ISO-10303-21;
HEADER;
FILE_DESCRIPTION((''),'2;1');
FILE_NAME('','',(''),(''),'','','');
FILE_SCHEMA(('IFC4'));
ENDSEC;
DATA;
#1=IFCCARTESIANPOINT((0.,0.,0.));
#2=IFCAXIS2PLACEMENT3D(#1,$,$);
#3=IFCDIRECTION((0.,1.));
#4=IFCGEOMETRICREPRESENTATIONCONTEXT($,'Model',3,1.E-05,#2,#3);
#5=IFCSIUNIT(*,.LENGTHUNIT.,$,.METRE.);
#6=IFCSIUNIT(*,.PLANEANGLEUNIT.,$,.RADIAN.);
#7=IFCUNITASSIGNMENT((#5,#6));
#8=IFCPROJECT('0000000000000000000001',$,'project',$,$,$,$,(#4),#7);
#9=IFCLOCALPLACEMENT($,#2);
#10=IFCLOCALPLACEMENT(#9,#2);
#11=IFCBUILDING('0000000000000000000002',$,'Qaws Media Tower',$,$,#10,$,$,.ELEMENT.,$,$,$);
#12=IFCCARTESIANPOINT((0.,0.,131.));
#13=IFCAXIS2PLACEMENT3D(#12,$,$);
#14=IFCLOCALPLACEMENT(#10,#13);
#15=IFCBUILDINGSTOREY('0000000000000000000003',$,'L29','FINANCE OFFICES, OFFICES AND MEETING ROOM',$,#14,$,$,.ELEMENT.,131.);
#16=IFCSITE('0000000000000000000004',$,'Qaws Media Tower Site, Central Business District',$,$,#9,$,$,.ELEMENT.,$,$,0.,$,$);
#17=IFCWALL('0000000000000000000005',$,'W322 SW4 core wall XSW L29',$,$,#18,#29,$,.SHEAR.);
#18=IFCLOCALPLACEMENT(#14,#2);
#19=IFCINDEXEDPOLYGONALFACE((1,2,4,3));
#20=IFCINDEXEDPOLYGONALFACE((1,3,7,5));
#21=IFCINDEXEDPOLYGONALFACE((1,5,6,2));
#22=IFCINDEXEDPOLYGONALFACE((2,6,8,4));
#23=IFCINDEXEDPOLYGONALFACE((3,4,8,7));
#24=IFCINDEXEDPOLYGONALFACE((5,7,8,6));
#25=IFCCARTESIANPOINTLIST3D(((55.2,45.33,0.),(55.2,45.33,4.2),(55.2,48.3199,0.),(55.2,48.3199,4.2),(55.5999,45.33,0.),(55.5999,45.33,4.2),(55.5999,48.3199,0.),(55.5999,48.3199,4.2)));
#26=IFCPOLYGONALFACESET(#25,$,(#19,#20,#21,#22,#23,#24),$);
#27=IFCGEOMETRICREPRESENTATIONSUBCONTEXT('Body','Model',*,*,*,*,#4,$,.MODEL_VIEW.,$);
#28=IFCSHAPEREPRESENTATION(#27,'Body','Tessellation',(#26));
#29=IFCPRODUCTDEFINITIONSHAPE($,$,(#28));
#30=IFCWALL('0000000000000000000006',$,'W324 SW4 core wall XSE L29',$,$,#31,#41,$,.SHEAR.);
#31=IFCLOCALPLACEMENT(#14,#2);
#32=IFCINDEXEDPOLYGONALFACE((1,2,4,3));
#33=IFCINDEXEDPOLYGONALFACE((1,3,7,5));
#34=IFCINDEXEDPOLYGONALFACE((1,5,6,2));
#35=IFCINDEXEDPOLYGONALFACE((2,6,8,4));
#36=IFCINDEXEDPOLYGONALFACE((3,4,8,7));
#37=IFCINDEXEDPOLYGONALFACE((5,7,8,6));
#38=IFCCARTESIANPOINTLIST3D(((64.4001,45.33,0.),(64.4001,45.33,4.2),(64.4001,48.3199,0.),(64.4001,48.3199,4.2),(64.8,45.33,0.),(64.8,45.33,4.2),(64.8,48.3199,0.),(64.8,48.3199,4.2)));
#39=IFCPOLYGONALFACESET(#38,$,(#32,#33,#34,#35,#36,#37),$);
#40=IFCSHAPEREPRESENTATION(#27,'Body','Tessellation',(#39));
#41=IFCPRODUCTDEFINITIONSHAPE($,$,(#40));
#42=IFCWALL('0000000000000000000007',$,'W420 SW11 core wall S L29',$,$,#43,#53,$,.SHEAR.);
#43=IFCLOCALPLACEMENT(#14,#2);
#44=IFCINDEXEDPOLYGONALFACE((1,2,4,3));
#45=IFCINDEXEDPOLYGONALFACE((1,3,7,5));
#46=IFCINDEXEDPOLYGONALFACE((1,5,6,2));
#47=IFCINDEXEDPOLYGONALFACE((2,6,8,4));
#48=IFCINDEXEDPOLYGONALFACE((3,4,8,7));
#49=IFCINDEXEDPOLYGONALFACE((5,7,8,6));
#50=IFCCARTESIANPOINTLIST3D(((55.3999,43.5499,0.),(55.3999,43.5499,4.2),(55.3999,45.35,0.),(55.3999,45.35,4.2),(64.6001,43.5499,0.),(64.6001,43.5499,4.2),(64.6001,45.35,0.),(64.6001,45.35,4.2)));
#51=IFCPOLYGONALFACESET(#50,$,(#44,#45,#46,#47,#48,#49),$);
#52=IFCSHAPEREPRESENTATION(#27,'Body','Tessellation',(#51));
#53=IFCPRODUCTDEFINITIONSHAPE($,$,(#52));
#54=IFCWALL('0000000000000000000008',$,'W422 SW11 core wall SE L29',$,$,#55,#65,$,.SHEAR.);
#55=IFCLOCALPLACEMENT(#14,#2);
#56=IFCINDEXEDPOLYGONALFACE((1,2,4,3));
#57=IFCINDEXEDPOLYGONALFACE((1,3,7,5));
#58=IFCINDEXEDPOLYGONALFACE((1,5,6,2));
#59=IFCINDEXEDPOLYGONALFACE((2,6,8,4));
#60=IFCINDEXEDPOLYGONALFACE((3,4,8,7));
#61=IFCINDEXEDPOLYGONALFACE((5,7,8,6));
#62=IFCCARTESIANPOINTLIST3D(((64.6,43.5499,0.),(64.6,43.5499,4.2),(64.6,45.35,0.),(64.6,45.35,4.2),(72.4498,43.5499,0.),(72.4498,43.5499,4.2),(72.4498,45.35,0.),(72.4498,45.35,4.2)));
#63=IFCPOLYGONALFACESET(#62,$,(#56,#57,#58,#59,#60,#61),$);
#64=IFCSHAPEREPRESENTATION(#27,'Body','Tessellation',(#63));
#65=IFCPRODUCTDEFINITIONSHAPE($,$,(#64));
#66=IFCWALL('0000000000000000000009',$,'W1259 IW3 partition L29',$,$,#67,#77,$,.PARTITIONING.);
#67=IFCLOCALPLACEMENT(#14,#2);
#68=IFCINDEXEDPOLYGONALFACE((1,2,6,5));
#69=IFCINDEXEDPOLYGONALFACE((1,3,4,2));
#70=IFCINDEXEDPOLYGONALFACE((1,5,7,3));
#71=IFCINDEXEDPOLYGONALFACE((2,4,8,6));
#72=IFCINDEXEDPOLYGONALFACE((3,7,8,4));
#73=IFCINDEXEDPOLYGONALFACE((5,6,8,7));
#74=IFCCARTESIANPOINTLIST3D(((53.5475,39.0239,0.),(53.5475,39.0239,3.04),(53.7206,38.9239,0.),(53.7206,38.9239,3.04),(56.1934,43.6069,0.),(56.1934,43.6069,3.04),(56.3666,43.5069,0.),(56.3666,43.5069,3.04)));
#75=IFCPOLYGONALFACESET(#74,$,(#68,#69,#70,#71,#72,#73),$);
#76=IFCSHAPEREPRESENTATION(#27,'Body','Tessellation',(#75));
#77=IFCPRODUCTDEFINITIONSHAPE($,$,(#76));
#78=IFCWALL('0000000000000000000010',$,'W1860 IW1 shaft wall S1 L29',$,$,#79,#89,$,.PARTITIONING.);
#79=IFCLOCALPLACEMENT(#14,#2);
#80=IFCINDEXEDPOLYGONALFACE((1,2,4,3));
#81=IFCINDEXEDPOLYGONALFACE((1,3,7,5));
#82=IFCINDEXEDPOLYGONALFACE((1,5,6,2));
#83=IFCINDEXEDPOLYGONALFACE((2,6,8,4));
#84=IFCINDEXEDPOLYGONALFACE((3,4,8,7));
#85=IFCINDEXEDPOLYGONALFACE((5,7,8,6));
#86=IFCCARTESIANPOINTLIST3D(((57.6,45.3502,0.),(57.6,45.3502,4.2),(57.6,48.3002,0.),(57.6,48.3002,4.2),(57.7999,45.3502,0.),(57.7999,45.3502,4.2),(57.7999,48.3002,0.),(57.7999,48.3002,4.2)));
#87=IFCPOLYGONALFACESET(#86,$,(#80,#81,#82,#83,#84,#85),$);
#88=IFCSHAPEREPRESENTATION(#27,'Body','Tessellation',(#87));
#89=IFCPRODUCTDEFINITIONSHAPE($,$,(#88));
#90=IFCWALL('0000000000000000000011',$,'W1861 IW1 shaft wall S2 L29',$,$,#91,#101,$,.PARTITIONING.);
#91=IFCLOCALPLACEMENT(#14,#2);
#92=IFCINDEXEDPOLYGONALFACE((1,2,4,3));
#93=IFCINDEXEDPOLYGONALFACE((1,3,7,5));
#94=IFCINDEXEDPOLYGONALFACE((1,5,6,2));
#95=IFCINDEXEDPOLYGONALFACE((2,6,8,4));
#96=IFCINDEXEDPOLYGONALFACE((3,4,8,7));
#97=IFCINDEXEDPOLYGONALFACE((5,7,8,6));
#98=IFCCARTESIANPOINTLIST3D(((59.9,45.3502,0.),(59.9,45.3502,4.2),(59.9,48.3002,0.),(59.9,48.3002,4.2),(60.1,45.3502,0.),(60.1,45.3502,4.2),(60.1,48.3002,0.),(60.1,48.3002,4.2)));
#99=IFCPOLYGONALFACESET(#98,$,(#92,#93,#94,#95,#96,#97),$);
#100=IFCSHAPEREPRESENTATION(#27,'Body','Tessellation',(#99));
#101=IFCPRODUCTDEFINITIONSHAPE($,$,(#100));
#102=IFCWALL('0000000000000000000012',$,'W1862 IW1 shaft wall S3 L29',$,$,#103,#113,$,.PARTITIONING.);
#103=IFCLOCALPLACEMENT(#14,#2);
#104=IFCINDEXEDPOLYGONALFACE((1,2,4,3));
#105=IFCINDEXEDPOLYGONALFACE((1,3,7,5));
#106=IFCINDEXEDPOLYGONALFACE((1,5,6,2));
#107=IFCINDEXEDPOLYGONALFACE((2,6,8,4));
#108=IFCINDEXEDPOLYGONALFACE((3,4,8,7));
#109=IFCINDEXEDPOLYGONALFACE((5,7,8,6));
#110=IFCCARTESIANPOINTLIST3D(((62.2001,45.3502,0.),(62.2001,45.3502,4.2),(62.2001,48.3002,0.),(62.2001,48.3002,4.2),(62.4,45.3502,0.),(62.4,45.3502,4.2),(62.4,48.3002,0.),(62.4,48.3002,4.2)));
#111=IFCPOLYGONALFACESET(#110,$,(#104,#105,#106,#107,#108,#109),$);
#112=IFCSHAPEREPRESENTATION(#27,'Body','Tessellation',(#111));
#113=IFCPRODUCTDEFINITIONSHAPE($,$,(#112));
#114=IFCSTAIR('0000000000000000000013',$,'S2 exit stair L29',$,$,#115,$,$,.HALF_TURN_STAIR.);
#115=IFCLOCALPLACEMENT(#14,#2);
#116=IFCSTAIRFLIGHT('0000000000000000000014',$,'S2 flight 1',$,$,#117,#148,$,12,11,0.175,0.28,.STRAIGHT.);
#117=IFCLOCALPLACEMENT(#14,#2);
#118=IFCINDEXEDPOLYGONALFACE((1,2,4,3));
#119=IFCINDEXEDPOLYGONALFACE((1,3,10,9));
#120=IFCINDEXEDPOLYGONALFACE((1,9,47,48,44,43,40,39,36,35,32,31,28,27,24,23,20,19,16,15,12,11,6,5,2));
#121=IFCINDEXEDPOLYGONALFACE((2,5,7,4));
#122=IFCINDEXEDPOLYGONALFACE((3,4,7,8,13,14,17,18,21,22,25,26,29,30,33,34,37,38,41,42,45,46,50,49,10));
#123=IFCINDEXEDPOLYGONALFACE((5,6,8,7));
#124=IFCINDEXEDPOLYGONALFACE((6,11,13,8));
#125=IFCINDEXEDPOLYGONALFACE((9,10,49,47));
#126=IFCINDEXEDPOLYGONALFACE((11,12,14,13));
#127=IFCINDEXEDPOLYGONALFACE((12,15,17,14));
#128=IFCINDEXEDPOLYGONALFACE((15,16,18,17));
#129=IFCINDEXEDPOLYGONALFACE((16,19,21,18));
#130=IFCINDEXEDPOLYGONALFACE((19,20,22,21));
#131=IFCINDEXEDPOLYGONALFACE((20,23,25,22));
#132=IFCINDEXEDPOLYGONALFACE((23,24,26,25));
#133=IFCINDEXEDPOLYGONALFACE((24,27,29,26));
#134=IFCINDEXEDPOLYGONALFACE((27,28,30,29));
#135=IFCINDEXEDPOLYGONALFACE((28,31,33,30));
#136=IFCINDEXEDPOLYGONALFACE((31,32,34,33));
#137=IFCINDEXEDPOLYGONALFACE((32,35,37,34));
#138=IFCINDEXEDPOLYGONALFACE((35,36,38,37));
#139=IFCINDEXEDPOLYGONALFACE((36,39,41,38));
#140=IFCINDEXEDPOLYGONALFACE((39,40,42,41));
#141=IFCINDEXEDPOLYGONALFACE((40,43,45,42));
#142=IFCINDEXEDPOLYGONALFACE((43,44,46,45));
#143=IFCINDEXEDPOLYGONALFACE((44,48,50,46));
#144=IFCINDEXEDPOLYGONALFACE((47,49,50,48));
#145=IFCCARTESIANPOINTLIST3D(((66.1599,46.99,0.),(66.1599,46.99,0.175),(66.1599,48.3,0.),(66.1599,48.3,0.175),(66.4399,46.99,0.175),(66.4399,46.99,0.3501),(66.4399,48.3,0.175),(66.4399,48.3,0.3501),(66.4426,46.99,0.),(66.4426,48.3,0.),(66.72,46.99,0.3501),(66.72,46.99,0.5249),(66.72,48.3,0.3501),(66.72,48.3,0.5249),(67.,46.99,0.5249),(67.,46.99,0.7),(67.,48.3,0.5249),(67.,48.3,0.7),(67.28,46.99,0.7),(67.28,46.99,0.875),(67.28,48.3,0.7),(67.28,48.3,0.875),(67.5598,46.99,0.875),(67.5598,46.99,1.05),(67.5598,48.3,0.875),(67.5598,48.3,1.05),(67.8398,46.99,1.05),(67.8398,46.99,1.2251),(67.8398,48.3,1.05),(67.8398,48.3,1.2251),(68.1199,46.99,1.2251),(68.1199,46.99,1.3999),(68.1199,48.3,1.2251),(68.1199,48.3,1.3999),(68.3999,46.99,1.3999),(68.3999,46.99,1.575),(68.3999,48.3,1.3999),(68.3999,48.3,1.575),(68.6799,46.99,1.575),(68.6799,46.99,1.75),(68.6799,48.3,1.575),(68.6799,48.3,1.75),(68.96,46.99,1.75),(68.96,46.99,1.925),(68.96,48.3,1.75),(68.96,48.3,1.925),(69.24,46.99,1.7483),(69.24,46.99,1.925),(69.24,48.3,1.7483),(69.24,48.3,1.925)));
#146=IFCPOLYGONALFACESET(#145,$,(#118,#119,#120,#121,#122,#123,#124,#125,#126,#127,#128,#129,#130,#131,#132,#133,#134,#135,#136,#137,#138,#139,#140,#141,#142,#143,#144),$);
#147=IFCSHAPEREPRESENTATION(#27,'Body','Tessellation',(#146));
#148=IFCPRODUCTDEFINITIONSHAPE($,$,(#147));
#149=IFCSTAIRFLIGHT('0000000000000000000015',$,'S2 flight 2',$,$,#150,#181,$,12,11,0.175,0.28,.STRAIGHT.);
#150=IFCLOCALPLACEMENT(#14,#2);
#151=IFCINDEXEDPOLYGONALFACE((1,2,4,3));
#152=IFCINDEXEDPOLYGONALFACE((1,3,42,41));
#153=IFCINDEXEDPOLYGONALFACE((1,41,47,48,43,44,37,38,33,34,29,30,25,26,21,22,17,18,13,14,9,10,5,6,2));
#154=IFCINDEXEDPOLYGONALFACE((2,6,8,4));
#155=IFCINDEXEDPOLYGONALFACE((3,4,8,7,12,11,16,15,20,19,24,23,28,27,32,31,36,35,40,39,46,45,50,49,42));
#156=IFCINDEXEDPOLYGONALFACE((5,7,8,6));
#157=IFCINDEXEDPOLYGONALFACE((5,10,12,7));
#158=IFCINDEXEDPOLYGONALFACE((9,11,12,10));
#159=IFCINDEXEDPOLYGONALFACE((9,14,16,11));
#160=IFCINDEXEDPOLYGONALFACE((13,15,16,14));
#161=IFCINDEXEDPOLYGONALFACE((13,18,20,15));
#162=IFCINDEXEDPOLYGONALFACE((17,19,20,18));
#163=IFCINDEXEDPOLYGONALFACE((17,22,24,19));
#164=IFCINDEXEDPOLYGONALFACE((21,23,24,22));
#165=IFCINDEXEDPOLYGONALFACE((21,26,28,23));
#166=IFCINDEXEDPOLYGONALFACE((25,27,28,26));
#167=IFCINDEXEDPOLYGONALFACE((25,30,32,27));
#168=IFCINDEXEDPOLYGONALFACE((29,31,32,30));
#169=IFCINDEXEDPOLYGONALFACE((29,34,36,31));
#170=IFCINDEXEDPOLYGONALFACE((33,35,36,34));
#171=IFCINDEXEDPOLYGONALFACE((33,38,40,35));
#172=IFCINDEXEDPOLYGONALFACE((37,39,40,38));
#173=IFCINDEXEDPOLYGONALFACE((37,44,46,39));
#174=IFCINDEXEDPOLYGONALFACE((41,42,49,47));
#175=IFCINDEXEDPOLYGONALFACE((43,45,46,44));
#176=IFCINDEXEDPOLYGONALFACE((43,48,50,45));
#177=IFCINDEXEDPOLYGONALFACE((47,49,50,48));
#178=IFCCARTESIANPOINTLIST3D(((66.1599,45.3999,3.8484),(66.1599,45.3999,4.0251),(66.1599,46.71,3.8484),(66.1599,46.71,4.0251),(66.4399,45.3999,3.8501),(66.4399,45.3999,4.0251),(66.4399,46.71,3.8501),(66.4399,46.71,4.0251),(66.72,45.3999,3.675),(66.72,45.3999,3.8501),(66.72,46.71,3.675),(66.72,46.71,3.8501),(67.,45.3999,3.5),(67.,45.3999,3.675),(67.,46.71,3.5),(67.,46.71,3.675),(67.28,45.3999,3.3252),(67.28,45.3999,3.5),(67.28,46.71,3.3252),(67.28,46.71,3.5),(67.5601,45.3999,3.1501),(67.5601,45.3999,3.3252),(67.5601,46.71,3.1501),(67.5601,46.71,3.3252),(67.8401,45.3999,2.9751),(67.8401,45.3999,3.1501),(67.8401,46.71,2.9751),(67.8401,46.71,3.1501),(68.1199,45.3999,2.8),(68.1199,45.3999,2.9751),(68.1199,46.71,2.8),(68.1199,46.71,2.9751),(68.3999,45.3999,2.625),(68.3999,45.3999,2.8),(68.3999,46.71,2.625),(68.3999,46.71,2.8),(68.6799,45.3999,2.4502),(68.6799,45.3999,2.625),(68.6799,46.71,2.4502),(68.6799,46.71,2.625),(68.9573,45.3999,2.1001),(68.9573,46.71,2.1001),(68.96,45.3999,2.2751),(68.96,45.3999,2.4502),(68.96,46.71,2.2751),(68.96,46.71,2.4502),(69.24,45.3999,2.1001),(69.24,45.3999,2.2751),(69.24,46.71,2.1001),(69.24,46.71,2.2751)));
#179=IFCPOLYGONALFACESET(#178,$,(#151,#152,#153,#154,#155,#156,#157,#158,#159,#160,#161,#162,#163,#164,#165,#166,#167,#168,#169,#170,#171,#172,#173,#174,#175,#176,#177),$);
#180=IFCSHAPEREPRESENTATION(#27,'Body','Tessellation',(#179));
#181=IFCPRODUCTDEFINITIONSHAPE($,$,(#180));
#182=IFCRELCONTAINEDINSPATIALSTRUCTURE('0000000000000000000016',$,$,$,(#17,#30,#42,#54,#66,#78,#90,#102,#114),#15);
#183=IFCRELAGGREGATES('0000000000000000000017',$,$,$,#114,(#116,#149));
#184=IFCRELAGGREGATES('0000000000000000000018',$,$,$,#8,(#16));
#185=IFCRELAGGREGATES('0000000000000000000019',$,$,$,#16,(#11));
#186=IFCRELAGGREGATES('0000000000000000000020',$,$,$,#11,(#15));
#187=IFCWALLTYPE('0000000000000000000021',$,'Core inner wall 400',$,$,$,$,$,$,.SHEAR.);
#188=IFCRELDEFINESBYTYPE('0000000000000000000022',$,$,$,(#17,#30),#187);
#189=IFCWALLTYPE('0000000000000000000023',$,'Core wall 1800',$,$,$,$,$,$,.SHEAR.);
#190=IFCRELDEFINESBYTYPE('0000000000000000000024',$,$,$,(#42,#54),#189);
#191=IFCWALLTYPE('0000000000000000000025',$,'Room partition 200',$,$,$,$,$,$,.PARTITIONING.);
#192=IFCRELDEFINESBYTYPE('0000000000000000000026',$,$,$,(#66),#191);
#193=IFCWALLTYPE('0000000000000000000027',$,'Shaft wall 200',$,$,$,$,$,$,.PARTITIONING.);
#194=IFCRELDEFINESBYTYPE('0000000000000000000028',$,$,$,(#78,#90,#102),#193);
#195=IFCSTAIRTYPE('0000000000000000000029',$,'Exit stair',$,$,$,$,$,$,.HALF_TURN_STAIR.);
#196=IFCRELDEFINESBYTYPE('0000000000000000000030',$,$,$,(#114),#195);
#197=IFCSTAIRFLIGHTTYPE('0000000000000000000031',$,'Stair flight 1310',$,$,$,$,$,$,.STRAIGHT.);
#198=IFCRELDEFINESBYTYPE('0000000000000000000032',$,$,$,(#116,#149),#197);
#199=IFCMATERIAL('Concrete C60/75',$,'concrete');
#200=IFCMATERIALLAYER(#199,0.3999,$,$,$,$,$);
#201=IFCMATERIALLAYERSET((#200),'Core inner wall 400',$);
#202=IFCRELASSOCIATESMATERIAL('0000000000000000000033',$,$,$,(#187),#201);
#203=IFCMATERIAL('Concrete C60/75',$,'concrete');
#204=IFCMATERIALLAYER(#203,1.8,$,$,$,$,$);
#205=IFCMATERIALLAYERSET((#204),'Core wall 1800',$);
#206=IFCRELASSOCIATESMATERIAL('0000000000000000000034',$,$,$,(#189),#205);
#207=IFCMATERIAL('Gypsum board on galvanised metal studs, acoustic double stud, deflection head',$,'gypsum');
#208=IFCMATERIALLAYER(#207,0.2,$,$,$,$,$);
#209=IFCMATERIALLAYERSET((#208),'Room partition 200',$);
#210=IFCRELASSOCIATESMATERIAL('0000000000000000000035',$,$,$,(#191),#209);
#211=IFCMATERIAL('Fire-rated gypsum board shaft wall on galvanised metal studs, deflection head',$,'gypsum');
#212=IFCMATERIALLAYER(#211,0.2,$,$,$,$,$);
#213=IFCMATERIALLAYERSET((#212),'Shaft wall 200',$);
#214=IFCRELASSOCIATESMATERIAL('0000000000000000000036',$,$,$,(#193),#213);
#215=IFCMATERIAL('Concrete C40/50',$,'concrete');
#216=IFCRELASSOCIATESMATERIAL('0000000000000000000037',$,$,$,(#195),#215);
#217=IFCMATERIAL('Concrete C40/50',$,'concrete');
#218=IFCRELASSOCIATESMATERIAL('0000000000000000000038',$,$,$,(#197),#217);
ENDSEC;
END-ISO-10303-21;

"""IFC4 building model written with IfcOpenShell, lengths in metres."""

from ifc_helpers import new_model, si_unit, direction, frame, frame_2d, origin, place, context, subcontext, project, spatial, polyline, rectangle, outline, extrude, material, layer, layer_set, type_object, element, aggregate, save


model = new_model("IFC4")

# Units and contexts
model_context = context("Model", 3, precision=1e-05, world=origin(), true_north=direction((0.0, 1.0)))
body_context = subcontext(model_context, "Body", "Model", "MODEL_VIEW")
ifc_project = project(units=[si_unit("LENGTHUNIT", "METRE"), si_unit("PLANEANGLEUNIT", "RADIAN")], contexts=[model_context])

# Site, building, storey
site_placement = place(None, origin())
site = spatial("IfcSite", under=ifc_project, at=site_placement, Name="Qaws Media Tower Site, Central Business District", CompositionType="ELEMENT", RefElevation=0.0)
building_placement = place(site_placement, origin())
building = spatial("IfcBuilding", under=site, at=building_placement, Name="Qaws Media Tower", CompositionType="ELEMENT")
storey_placement = place(building_placement, frame((0.0, 0.0, 131.0)))
storey = spatial("IfcBuildingStorey", under=building, at=storey_placement, Name="L29", Description="FINANCE OFFICES, OFFICES AND MEETING ROOM", CompositionType="ELEMENT", Elevation=131.0)

# Walls
ifc_material_1 = material(Name="Concrete C60/75", Category="concrete")
ifc_layer_1 = layer(ifc_material_1, 0.3999)
ifc_layer_set_1 = layer_set([ifc_layer_1], Name="Core inner wall 400")
wall_type_1 = type_object("IfcWallType", Name="Core inner wall 400", PredefinedType="SHEAR", material=ifc_layer_set_1)
for number, where, z_axis, x_axis, name in (
    (1, (55.3999, 48.3201, 0.0), (0.0, 0.0, 1.0), (0.0, -1.0, 0.0), "W322 SW4 core wall XSW L29"),
    (2, (64.6001, 48.3201, 0.0), (0.0, 0.0, 1.0), (0.0, -1.0, 0.0), "W324 SW4 core wall XSE L29"),
):
    element("IfcWall", number, at=place(storey_placement, frame(where, z_axis=z_axis, x_axis=x_axis)), inside=storey, type_object=wall_type_1, Name=name, PredefinedType="SHEAR", context=body_context, shape_type="SweptSolid", body=[
        extrude(rectangle(XDim=2.99, YDim=0.3999, at=frame_2d((1.4951, 0.0))), origin(), (0.0, 0.0, 1.0), 4.2),
    ])
ifc_material_2 = material(Name="Concrete C60/75", Category="concrete")
ifc_layer_2 = layer(ifc_material_2, 1.8)
ifc_layer_set_2 = layer_set([ifc_layer_2], Name="Core wall 1800")
wall_type_2 = type_object("IfcWallType", Name="Core wall 1800", PredefinedType="SHEAR", material=ifc_layer_set_2)
wall_1_placement = place(storey_placement, frame((55.3999, 44.45, 0.0), z_axis=(0.0, 0.0, 1.0), x_axis=(1.0, 0.0, 0.0)))
element("IfcWall", 3, at=wall_1_placement, inside=storey, type_object=wall_type_2, Name="W420 SW11 core wall S L29", PredefinedType="SHEAR", context=body_context, shape_type="SweptSolid", body=[
    extrude(rectangle(XDim=9.2002, YDim=1.8, at=frame_2d((4.6001, 0.0))), origin(), (0.0, 0.0, 1.0), 4.2),
])
wall_2_placement = place(storey_placement, frame((64.6001, 44.45, 0.0), z_axis=(0.0, 0.0, 1.0), x_axis=(1.0, 0.0, 0.0)))
element("IfcWall", 4, at=wall_2_placement, inside=storey, type_object=wall_type_2, Name="W422 SW11 core wall SE L29", PredefinedType="SHEAR", context=body_context, shape_type="SweptSolid", body=[
    extrude(rectangle(XDim=7.8499, YDim=1.8, at=frame_2d((3.9248, 0.0))), origin(), (0.0, 0.0, 1.0), 4.2),
])
ifc_material_3 = material(Name="Gypsum board on galvanised metal studs, acoustic double stud, deflection head", Category="gypsum")
ifc_layer_3 = layer(ifc_material_3, 0.2)
ifc_layer_set_3 = layer_set([ifc_layer_3], Name="Room partition 200")
wall_type_3 = type_object("IfcWallType", Name="Room partition 200", PredefinedType="PARTITIONING", material=ifc_layer_set_3)
wall_3_placement = place(storey_placement, frame((56.28, 43.5569, 0.0), z_axis=(0.0, 0.0, 1.0), x_axis=(-0.499999, -0.866026, 0.0)))
element("IfcWall", 5, at=wall_3_placement, inside=storey, type_object=wall_type_3, Name="W1259 IW3 partition L29", PredefinedType="PARTITIONING", context=body_context, shape_type="SweptSolid", body=[
    extrude(rectangle(XDim=5.292, YDim=0.2, at=frame_2d((2.646, 0.0))), origin(), (0.0, 0.0, 1.0), 3.04),
])
ifc_material_4 = material(Name="Fire-rated gypsum board shaft wall on galvanised metal studs, deflection head", Category="gypsum")
ifc_layer_4 = layer(ifc_material_4, 0.2)
ifc_layer_set_4 = layer_set([ifc_layer_4], Name="Shaft wall 200")
wall_type_4 = type_object("IfcWallType", Name="Shaft wall 200", PredefinedType="PARTITIONING", material=ifc_layer_set_4)
for number, where, z_axis, x_axis, name in (
    (6, (57.7, 45.3501, 0.0), (0.0, 0.0, 1.0), (0.0, 1.0, 0.0), "W1860 IW1 shaft wall S1 L29"),
    (7, (60.0, 45.3501, 0.0), (0.0, 0.0, 1.0), (0.0, 1.0, 0.0), "W1861 IW1 shaft wall S2 L29"),
    (8, (62.3, 45.3501, 0.0), (0.0, 0.0, 1.0), (0.0, 1.0, 0.0), "W1862 IW1 shaft wall S3 L29"),
):
    element("IfcWall", number, at=place(storey_placement, frame(where, z_axis=z_axis, x_axis=x_axis)), inside=storey, type_object=wall_type_4, Name=name, PredefinedType="PARTITIONING", context=body_context, shape_type="SweptSolid", body=[
        extrude(rectangle(XDim=2.95, YDim=0.2, at=frame_2d((1.4751, 0.0))), origin(), (0.0, 0.0, 1.0), 4.2),
    ])

# Stair, stair flights
ifc_material_5 = material(Name="Concrete C40/50", Category="concrete")
stair_type = type_object("IfcStairType", Name="Exit stair", PredefinedType="HALF_TURN_STAIR", material=ifc_material_5)
stair_placement = place(storey_placement, origin())
stair = element("IfcStair", 9, at=stair_placement, inside=storey, type_object=stair_type, Name="S2 exit stair L29", PredefinedType="HALF_TURN_STAIR")
ifc_material_6 = material(Name="Concrete C40/50", Category="concrete")
stair_flight_type = type_object("IfcStairFlightType", Name="Stair flight 1310", PredefinedType="STRAIGHT", material=ifc_material_6)
stair_flight_1_placement = place(storey_placement, frame((66.1599, 47.645, 0.0), z_axis=(0.0, 0.0, 1.0), x_axis=(1.0, 0.0, 0.0)))
stair_flight_1 = element("IfcStairFlight", 10, at=stair_flight_1_placement, type_object=stair_flight_type, Name="S2 flight 1", NumberOfRisers=12, NumberOfTreads=11, PredefinedType="STRAIGHT", RiserHeight=0.175, TreadLength=0.28, context=body_context, shape_type="SweptSolid", body=[
    extrude(outline(polyline([(0.0, 0.0), (0.0, 0.175), (0.28, 0.175), (0.28, 0.3501), (0.5601, 0.3501), (0.5601, 0.5249), (0.8401, 0.5249), (0.8401, 0.7), (1.1201, 0.7), (1.1201, 0.875), (1.3999, 0.875), (1.3999, 1.05), (1.6799, 1.05), (1.6799, 1.2251), (1.96, 1.2251), (1.96, 1.3999), (2.24, 1.3999), (2.24, 1.575), (2.52, 1.575), (2.52, 1.75), (2.8, 1.75), (2.8, 1.925), (3.0801, 1.925), (3.0801, 2.1001), (3.0801, 1.7483), (0.2827, 0.0), (0.0, 0.0)])), frame((0.0, 0.655, 0.0), z_axis=(0.0, -1.0, 0.0), x_axis=(1.0, 0.0, 0.0)), (0.0, 0.0, 1.0), 1.3101),
])
stair_flight_2_placement = place(storey_placement, frame((69.24, 46.0549, 2.1001), z_axis=(0.0, 0.0, 1.0), x_axis=(-1.0, 0.0, 0.0)))
stair_flight_2 = element("IfcStairFlight", 11, at=stair_flight_2_placement, type_object=stair_flight_type, Name="S2 flight 2", NumberOfRisers=12, NumberOfTreads=11, PredefinedType="STRAIGHT", RiserHeight=0.175, TreadLength=0.28, context=body_context, shape_type="SweptSolid", body=[
    extrude(outline(polyline([(0.0, 0.0), (0.0, 0.175), (0.28, 0.175), (0.28, 0.3501), (0.5601, 0.3501), (0.5601, 0.5249), (0.8401, 0.5249), (0.8401, 0.7), (1.1201, 0.7), (1.1201, 0.875), (1.3999, 0.875), (1.3999, 1.05), (1.6799, 1.05), (1.6799, 1.2251), (1.96, 1.2251), (1.96, 1.3999), (2.24, 1.3999), (2.24, 1.575), (2.52, 1.575), (2.52, 1.75), (2.8, 1.75), (2.8, 1.925), (3.0801, 1.925), (3.0801, 2.1001), (3.0801, 1.7483), (0.2827, 0.0), (0.0, 0.0)])), frame((0.0, 0.655, 0.0), z_axis=(0.0, -1.0, 0.0), x_axis=(1.0, 0.0, 0.0)), (0.0, 0.0, 1.0), 1.3101),
])
aggregate(stair, [stair_flight_1, stair_flight_2])

save(model, "model.ifc")
